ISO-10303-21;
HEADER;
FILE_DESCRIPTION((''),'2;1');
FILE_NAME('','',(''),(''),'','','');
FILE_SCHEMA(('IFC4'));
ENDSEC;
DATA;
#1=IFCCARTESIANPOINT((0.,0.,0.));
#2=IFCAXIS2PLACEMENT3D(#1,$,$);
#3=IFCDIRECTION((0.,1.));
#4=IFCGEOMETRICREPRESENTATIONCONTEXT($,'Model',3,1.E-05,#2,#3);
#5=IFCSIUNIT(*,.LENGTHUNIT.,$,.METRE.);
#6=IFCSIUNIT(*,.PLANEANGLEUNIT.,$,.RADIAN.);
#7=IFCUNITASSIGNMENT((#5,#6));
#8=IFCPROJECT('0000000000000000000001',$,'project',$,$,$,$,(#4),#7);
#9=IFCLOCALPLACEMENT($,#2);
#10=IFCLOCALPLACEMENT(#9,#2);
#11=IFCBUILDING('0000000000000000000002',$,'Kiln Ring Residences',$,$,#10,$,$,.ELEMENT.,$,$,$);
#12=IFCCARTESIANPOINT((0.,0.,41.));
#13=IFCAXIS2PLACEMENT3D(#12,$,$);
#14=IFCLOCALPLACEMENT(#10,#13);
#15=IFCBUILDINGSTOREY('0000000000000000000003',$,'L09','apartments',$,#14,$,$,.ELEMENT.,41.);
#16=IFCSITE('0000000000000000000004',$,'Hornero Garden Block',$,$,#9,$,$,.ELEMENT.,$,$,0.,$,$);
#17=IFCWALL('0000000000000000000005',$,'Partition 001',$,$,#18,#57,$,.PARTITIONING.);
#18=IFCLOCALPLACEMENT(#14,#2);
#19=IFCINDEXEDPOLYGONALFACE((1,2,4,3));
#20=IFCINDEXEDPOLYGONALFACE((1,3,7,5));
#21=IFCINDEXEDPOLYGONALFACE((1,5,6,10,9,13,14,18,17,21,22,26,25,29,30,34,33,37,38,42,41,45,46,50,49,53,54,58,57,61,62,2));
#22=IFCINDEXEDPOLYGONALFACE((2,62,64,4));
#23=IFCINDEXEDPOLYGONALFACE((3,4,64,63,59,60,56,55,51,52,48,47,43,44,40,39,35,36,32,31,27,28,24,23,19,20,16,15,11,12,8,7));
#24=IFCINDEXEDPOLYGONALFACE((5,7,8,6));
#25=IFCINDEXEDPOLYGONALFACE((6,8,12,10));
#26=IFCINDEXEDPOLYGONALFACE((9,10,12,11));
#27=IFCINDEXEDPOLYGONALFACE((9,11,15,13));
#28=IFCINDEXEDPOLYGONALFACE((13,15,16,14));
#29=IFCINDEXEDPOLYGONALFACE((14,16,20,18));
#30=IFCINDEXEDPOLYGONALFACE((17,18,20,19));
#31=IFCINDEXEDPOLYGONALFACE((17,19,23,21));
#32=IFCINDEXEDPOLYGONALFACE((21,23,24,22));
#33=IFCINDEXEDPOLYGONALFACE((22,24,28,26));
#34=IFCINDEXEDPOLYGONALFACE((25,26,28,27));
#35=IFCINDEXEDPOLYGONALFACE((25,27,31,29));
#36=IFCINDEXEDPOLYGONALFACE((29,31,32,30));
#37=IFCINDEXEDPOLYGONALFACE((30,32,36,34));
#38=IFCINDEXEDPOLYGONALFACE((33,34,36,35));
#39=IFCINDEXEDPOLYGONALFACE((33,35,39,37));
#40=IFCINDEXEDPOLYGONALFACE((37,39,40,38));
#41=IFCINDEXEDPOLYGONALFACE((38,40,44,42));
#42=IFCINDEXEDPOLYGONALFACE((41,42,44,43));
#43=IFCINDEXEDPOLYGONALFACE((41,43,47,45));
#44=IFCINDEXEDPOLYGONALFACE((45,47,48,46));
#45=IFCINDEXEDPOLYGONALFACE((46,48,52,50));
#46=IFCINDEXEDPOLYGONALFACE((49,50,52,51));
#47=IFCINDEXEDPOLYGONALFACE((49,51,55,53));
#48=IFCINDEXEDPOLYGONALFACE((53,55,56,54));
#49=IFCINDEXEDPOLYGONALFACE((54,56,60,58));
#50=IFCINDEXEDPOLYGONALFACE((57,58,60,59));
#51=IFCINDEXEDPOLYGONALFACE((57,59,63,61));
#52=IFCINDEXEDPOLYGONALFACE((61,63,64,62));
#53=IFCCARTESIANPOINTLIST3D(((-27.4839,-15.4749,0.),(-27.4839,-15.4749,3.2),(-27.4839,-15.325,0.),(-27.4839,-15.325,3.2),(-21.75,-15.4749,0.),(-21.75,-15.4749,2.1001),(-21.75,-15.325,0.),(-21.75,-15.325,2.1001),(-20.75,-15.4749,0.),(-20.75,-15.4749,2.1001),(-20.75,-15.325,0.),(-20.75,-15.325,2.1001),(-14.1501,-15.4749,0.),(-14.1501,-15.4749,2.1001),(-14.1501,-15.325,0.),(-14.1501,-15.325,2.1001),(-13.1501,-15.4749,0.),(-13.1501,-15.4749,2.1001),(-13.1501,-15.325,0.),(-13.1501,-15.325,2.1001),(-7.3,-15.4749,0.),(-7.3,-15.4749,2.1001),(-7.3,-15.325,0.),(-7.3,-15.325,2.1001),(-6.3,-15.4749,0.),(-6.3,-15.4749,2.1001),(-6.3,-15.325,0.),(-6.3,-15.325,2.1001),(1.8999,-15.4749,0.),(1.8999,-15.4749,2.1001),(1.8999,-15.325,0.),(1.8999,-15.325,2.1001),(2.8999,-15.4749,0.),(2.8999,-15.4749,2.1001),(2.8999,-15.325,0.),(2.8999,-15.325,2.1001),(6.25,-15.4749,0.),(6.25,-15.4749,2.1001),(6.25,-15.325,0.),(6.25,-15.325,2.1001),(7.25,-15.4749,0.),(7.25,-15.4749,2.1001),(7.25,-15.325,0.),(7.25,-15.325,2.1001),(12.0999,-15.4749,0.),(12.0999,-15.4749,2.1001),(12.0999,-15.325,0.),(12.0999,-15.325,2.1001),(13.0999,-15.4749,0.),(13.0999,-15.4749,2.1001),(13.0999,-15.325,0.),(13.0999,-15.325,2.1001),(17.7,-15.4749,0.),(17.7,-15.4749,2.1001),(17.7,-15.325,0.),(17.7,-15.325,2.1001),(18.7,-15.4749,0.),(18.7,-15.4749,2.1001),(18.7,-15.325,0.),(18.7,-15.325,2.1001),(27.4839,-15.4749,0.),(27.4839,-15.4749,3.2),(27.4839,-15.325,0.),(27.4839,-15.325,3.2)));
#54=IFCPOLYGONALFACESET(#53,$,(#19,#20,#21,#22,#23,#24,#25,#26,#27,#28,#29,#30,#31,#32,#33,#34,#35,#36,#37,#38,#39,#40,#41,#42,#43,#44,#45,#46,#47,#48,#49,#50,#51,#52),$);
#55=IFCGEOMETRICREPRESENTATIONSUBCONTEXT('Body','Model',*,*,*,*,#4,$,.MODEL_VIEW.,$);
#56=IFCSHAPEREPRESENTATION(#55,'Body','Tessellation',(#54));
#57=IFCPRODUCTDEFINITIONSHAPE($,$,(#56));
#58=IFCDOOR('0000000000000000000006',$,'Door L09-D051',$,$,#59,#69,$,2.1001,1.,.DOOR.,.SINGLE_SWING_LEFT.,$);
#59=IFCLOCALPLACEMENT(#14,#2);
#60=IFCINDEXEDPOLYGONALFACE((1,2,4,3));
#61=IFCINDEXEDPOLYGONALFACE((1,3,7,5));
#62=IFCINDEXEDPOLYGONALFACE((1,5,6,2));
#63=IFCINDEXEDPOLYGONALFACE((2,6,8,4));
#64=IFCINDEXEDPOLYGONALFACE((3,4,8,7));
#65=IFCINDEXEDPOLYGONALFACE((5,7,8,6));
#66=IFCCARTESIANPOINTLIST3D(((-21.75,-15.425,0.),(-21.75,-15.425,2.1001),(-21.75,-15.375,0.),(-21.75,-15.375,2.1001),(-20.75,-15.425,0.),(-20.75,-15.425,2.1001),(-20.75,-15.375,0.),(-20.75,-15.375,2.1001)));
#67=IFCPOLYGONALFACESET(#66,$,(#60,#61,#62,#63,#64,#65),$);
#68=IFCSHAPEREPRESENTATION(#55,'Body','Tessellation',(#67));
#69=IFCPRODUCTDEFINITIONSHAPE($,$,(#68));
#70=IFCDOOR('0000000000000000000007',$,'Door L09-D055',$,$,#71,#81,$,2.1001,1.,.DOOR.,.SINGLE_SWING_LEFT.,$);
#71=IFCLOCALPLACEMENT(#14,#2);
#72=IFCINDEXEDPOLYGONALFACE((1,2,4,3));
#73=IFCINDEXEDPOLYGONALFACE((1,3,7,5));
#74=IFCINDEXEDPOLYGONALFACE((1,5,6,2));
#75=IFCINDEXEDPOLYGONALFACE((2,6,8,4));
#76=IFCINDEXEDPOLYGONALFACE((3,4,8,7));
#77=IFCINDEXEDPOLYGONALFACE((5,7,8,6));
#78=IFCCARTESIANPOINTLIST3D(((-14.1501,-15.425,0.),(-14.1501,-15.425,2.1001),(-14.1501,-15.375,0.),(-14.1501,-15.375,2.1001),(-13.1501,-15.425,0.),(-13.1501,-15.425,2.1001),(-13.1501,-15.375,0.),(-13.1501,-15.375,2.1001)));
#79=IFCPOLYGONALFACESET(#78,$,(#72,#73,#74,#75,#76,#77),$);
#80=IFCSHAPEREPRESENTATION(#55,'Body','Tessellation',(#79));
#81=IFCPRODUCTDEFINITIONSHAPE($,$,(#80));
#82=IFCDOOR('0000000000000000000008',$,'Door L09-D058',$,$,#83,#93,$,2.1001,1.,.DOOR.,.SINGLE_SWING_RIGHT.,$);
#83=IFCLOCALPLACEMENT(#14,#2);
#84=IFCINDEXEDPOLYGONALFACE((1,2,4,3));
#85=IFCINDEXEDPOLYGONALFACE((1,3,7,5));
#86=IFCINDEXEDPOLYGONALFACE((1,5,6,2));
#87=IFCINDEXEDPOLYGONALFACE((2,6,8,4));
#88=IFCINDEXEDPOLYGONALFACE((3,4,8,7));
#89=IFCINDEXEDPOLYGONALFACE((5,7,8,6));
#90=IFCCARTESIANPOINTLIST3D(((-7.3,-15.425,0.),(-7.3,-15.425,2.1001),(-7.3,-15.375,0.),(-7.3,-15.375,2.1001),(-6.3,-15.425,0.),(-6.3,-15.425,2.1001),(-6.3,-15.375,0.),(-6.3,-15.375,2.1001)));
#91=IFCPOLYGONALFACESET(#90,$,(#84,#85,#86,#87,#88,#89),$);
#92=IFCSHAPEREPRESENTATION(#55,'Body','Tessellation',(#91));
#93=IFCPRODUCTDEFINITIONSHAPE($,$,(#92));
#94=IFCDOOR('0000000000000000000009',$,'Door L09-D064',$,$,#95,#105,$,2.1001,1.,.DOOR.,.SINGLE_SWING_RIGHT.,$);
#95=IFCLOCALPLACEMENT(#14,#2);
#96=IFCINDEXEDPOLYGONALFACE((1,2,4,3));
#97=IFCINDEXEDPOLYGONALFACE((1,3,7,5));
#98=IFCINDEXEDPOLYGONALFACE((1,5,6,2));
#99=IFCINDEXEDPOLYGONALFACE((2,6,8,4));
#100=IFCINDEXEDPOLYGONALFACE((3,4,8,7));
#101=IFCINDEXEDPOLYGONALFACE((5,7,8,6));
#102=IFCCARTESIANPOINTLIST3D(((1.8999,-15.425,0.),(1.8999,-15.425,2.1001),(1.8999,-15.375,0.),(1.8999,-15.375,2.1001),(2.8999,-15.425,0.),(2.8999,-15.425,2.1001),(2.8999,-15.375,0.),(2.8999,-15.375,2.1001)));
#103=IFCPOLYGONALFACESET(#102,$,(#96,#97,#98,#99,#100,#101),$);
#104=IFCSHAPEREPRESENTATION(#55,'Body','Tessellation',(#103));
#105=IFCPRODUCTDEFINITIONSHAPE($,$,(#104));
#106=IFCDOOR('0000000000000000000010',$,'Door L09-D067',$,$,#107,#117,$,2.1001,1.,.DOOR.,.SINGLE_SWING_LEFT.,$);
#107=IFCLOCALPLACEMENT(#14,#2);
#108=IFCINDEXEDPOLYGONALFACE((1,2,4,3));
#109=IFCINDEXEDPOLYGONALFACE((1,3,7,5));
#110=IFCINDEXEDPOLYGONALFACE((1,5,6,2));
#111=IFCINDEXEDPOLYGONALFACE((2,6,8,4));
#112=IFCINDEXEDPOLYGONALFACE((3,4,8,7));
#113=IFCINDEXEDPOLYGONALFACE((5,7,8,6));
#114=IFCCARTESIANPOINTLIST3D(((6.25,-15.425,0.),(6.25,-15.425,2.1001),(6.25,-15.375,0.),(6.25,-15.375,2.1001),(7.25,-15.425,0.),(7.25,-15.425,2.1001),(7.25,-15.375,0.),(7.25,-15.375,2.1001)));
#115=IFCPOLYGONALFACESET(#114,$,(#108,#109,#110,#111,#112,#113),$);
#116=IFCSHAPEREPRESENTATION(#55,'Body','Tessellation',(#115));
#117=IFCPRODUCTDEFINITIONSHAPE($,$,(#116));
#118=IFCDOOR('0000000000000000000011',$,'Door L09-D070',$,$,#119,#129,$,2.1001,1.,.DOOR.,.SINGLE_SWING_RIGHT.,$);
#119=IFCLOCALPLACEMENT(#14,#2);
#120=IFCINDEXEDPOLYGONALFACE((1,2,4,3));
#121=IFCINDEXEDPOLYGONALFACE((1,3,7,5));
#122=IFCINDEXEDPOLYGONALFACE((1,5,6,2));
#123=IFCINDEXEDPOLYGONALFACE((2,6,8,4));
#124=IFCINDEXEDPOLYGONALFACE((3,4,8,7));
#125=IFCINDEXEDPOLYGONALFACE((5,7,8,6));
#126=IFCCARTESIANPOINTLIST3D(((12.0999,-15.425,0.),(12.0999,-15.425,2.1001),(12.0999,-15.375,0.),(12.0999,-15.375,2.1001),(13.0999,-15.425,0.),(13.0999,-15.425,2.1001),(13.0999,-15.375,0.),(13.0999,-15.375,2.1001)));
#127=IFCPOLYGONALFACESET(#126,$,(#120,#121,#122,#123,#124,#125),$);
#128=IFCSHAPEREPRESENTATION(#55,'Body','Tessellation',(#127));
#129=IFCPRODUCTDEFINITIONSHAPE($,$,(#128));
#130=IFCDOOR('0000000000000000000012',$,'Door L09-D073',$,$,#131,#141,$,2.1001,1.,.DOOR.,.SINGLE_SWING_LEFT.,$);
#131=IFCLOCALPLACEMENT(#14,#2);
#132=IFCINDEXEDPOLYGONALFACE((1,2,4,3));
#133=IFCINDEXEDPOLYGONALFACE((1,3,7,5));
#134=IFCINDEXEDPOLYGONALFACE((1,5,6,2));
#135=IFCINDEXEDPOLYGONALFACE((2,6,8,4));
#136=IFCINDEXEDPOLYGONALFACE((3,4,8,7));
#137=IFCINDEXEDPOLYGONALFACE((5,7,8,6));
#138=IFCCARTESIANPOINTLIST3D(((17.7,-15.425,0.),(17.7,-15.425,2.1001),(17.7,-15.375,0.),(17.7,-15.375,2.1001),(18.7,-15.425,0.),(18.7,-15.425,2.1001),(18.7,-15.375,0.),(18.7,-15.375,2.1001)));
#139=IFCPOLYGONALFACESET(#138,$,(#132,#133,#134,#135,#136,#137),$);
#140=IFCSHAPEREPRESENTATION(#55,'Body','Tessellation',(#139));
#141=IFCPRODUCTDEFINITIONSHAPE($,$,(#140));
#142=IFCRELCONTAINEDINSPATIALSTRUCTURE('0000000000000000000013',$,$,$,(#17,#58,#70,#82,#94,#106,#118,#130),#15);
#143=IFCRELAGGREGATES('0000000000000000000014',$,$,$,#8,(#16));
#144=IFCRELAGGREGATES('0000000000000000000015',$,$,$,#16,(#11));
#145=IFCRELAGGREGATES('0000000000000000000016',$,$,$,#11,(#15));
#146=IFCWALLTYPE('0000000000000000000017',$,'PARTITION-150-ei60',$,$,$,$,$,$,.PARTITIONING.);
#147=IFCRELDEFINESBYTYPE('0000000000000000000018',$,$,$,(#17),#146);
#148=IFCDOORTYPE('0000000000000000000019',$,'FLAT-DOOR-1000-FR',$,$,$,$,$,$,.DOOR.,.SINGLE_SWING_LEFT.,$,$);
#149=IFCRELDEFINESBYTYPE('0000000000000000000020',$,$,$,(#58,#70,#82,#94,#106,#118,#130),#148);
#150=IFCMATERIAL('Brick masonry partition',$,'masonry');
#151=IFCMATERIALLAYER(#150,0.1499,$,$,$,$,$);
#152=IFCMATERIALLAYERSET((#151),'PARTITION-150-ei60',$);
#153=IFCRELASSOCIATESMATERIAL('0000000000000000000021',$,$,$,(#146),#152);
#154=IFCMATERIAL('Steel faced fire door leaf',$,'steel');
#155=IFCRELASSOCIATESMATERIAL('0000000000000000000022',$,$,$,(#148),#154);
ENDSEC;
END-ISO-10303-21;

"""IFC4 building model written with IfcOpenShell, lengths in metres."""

from ifc_helpers import new_model, si_unit, direction, frame, frame_2d, origin, place, context, subcontext, project, spatial, rectangle, extrude, material, layer, layer_set, type_object, element, fill, save


model = new_model("IFC4")

# Units and contexts
model_context = context("Model", 3, precision=1e-05, world=origin(), true_north=direction((0.0, 1.0)))
body_context = subcontext(model_context, "Body", "Model", "MODEL_VIEW")
ifc_project = project(units=[si_unit("LENGTHUNIT", "METRE"), si_unit("PLANEANGLEUNIT", "RADIAN")], contexts=[model_context])

# Site, building, storey
site_placement = place(None, origin())
site = spatial("IfcSite", under=ifc_project, at=site_placement, Name="Hornero Garden Block", CompositionType="ELEMENT", RefElevation=0.0)
building_placement = place(site_placement, origin())
building = spatial("IfcBuilding", under=site, at=building_placement, Name="Kiln Ring Residences", CompositionType="ELEMENT")
storey_placement = place(building_placement, frame((0.0, 0.0, 41.0)))
storey = spatial("IfcBuildingStorey", under=building, at=storey_placement, Name="L09", Description="apartments", CompositionType="ELEMENT", Elevation=41.0)

# Wall, openings, doors
ifc_material_1 = material(Name="Brick masonry partition", Category="masonry")
ifc_layer_1 = layer(ifc_material_1, 0.1499)
ifc_layer_set_1 = layer_set([ifc_layer_1], Name="PARTITION-150-ei60")
wall_type_1 = type_object("IfcWallType", Name="PARTITION-150-ei60", PredefinedType="PARTITIONING", material=ifc_layer_set_1)
wall_1_placement = place(storey_placement, frame((-27.4839, -15.3999, 0.0), z_axis=(0.0, 0.0, 1.0), x_axis=(1.0, 0.0, 0.0)))
wall_1 = element("IfcWall", 1, at=wall_1_placement, inside=storey, type_object=wall_type_1, Name="Partition 001", PredefinedType="PARTITIONING", context=body_context, shape_type="SweptSolid", body=[
    extrude(rectangle(XDim=54.9678, YDim=0.1499, at=frame_2d((27.4839, 0.0))), origin(), (0.0, 0.0, 1.0), 3.2),
])
opening_1_placement = place(wall_1_placement, frame((5.7339, 0.0, 0.0)))
opening_1 = element("IfcOpeningElement", 2, at=opening_1_placement, cuts=wall_1, PredefinedType="OPENING", context=body_context, shape_type="SweptSolid", body=[
    extrude(rectangle(XDim=1.0, YDim=2.1001, at=frame_2d((0.5, 1.05))), frame((0.0, 0.085, 0.0), z_axis=(0.0, -1.0, 0.0), x_axis=(1.0, 0.0, 0.0)), (0.0, 0.0, 1.0), 0.1699),
])
opening_2_placement = place(wall_1_placement, frame((13.3337, 0.0, 0.0)))
opening_2 = element("IfcOpeningElement", 3, at=opening_2_placement, cuts=wall_1, PredefinedType="OPENING", context=body_context, shape_type="SweptSolid", body=[
    extrude(rectangle(XDim=1.0, YDim=2.1001, at=frame_2d((0.5, 1.05))), frame((0.0, 0.085, 0.0), z_axis=(0.0, -1.0, 0.0), x_axis=(1.0, 0.0, 0.0)), (0.0, 0.0, 1.0), 0.1699),
])
opening_3_placement = place(wall_1_placement, frame((20.1838, 0.0, 0.0)))
opening_3 = element("IfcOpeningElement", 4, at=opening_3_placement, cuts=wall_1, PredefinedType="OPENING", context=body_context, shape_type="SweptSolid", body=[
    extrude(rectangle(XDim=1.0, YDim=2.1001, at=frame_2d((0.5, 1.05))), frame((0.0, 0.085, 0.0), z_axis=(0.0, -1.0, 0.0), x_axis=(1.0, 0.0, 0.0)), (0.0, 0.0, 1.0), 0.1699),
])
opening_4_placement = place(wall_1_placement, frame((29.3838, 0.0, 0.0)))
opening_4 = element("IfcOpeningElement", 5, at=opening_4_placement, cuts=wall_1, PredefinedType="OPENING", context=body_context, shape_type="SweptSolid", body=[
    extrude(rectangle(XDim=1.0, YDim=2.1001, at=frame_2d((0.5, 1.05))), frame((0.0, 0.085, 0.0), z_axis=(0.0, -1.0, 0.0), x_axis=(1.0, 0.0, 0.0)), (0.0, 0.0, 1.0), 0.1699),
])
opening_5_placement = place(wall_1_placement, frame((33.7339, 0.0, 0.0)))
opening_5 = element("IfcOpeningElement", 6, at=opening_5_placement, cuts=wall_1, PredefinedType="OPENING", context=body_context, shape_type="SweptSolid", body=[
    extrude(rectangle(XDim=1.0, YDim=2.1001, at=frame_2d((0.5, 1.05))), frame((0.0, 0.085, 0.0), z_axis=(0.0, -1.0, 0.0), x_axis=(1.0, 0.0, 0.0)), (0.0, 0.0, 1.0), 0.1699),
])
opening_6_placement = place(wall_1_placement, frame((39.5837, 0.0, 0.0)))
opening_6 = element("IfcOpeningElement", 7, at=opening_6_placement, cuts=wall_1, PredefinedType="OPENING", context=body_context, shape_type="SweptSolid", body=[
    extrude(rectangle(XDim=1.0, YDim=2.1001, at=frame_2d((0.5, 1.05))), frame((0.0, 0.085, 0.0), z_axis=(0.0, -1.0, 0.0), x_axis=(1.0, 0.0, 0.0)), (0.0, 0.0, 1.0), 0.1699),
])
opening_7_placement = place(wall_1_placement, frame((45.1838, 0.0, 0.0)))
opening_7 = element("IfcOpeningElement", 8, at=opening_7_placement, cuts=wall_1, PredefinedType="OPENING", context=body_context, shape_type="SweptSolid", body=[
    extrude(rectangle(XDim=1.0, YDim=2.1001, at=frame_2d((0.5, 1.05))), frame((0.0, 0.085, 0.0), z_axis=(0.0, -1.0, 0.0), x_axis=(1.0, 0.0, 0.0)), (0.0, 0.0, 1.0), 0.1699),
])
ifc_material_2 = material(Name="Steel faced fire door leaf", Category="steel")
door_type_1 = type_object("IfcDoorType", Name="FLAT-DOOR-1000-FR", OperationType="SINGLE_SWING_LEFT", PredefinedType="DOOR", material=ifc_material_2)
door_1_placement = place(opening_1_placement, origin())
door_1 = element("IfcDoor", 9, at=door_1_placement, inside=storey, type_object=door_type_1, Name="Door L09-D051", OperationType="SINGLE_SWING_LEFT", OverallHeight=2.1001, OverallWidth=1.0, PredefinedType="DOOR", context=body_context, shape_type="SweptSolid", body=[
    extrude(rectangle(XDim=1.0, YDim=2.1001, at=frame_2d((0.5, 1.05))), frame((0.0, 0.0249, 0.0), z_axis=(0.0, -1.0, 0.0), x_axis=(1.0, 0.0, 0.0)), (0.0, 0.0, 1.0), 0.05),
])
fill(opening_1, door_1)
door_2_placement = place(opening_2_placement, origin())
door_2 = element("IfcDoor", 10, at=door_2_placement, inside=storey, type_object=door_type_1, Name="Door L09-D055", OperationType="SINGLE_SWING_LEFT", OverallHeight=2.1001, OverallWidth=1.0, PredefinedType="DOOR", context=body_context, shape_type="SweptSolid", body=[
    extrude(rectangle(XDim=1.0, YDim=2.1001, at=frame_2d((0.5, 1.05))), frame((0.0, 0.0249, 0.0), z_axis=(0.0, -1.0, 0.0), x_axis=(1.0, 0.0, 0.0)), (0.0, 0.0, 1.0), 0.05),
])
fill(opening_2, door_2)
door_3_placement = place(opening_3_placement, origin())
door_3 = element("IfcDoor", 11, at=door_3_placement, inside=storey, type_object=door_type_1, Name="Door L09-D058", OperationType="SINGLE_SWING_RIGHT", OverallHeight=2.1001, OverallWidth=1.0, PredefinedType="DOOR", context=body_context, shape_type="SweptSolid", body=[
    extrude(rectangle(XDim=1.0, YDim=2.1001, at=frame_2d((0.5, 1.05))), frame((0.0, 0.0249, 0.0), z_axis=(0.0, -1.0, 0.0), x_axis=(1.0, 0.0, 0.0)), (0.0, 0.0, 1.0), 0.05),
])
fill(opening_3, door_3)
door_4_placement = place(opening_4_placement, origin())
door_4 = element("IfcDoor", 12, at=door_4_placement, inside=storey, type_object=door_type_1, Name="Door L09-D064", OperationType="SINGLE_SWING_RIGHT", OverallHeight=2.1001, OverallWidth=1.0, PredefinedType="DOOR", context=body_context, shape_type="SweptSolid", body=[
    extrude(rectangle(XDim=1.0, YDim=2.1001, at=frame_2d((0.5, 1.05))), frame((0.0, 0.0249, 0.0), z_axis=(0.0, -1.0, 0.0), x_axis=(1.0, 0.0, 0.0)), (0.0, 0.0, 1.0), 0.05),
])
fill(opening_4, door_4)
door_5_placement = place(opening_5_placement, origin())
door_5 = element("IfcDoor", 13, at=door_5_placement, inside=storey, type_object=door_type_1, Name="Door L09-D067", OperationType="SINGLE_SWING_LEFT", OverallHeight=2.1001, OverallWidth=1.0, PredefinedType="DOOR", context=body_context, shape_type="SweptSolid", body=[
    extrude(rectangle(XDim=1.0, YDim=2.1001, at=frame_2d((0.5, 1.05))), frame((0.0, 0.0249, 0.0), z_axis=(0.0, -1.0, 0.0), x_axis=(1.0, 0.0, 0.0)), (0.0, 0.0, 1.0), 0.05),
])
fill(opening_5, door_5)
door_6_placement = place(opening_6_placement, origin())
door_6 = element("IfcDoor", 14, at=door_6_placement, inside=storey, type_object=door_type_1, Name="Door L09-D070", OperationType="SINGLE_SWING_RIGHT", OverallHeight=2.1001, OverallWidth=1.0, PredefinedType="DOOR", context=body_context, shape_type="SweptSolid", body=[
    extrude(rectangle(XDim=1.0, YDim=2.1001, at=frame_2d((0.5, 1.05))), frame((0.0, 0.0249, 0.0), z_axis=(0.0, -1.0, 0.0), x_axis=(1.0, 0.0, 0.0)), (0.0, 0.0, 1.0), 0.05),
])
fill(opening_6, door_6)
door_7_placement = place(opening_7_placement, origin())
door_7 = element("IfcDoor", 15, at=door_7_placement, inside=storey, type_object=door_type_1, Name="Door L09-D073", OperationType="SINGLE_SWING_LEFT", OverallHeight=2.1001, OverallWidth=1.0, PredefinedType="DOOR", context=body_context, shape_type="SweptSolid", body=[
    extrude(rectangle(XDim=1.0, YDim=2.1001, at=frame_2d((0.5, 1.05))), frame((0.0, 0.0249, 0.0), z_axis=(0.0, -1.0, 0.0), x_axis=(1.0, 0.0, 0.0)), (0.0, 0.0, 1.0), 0.05),
])
fill(opening_7, door_7)

save(model, "model.ifc")
